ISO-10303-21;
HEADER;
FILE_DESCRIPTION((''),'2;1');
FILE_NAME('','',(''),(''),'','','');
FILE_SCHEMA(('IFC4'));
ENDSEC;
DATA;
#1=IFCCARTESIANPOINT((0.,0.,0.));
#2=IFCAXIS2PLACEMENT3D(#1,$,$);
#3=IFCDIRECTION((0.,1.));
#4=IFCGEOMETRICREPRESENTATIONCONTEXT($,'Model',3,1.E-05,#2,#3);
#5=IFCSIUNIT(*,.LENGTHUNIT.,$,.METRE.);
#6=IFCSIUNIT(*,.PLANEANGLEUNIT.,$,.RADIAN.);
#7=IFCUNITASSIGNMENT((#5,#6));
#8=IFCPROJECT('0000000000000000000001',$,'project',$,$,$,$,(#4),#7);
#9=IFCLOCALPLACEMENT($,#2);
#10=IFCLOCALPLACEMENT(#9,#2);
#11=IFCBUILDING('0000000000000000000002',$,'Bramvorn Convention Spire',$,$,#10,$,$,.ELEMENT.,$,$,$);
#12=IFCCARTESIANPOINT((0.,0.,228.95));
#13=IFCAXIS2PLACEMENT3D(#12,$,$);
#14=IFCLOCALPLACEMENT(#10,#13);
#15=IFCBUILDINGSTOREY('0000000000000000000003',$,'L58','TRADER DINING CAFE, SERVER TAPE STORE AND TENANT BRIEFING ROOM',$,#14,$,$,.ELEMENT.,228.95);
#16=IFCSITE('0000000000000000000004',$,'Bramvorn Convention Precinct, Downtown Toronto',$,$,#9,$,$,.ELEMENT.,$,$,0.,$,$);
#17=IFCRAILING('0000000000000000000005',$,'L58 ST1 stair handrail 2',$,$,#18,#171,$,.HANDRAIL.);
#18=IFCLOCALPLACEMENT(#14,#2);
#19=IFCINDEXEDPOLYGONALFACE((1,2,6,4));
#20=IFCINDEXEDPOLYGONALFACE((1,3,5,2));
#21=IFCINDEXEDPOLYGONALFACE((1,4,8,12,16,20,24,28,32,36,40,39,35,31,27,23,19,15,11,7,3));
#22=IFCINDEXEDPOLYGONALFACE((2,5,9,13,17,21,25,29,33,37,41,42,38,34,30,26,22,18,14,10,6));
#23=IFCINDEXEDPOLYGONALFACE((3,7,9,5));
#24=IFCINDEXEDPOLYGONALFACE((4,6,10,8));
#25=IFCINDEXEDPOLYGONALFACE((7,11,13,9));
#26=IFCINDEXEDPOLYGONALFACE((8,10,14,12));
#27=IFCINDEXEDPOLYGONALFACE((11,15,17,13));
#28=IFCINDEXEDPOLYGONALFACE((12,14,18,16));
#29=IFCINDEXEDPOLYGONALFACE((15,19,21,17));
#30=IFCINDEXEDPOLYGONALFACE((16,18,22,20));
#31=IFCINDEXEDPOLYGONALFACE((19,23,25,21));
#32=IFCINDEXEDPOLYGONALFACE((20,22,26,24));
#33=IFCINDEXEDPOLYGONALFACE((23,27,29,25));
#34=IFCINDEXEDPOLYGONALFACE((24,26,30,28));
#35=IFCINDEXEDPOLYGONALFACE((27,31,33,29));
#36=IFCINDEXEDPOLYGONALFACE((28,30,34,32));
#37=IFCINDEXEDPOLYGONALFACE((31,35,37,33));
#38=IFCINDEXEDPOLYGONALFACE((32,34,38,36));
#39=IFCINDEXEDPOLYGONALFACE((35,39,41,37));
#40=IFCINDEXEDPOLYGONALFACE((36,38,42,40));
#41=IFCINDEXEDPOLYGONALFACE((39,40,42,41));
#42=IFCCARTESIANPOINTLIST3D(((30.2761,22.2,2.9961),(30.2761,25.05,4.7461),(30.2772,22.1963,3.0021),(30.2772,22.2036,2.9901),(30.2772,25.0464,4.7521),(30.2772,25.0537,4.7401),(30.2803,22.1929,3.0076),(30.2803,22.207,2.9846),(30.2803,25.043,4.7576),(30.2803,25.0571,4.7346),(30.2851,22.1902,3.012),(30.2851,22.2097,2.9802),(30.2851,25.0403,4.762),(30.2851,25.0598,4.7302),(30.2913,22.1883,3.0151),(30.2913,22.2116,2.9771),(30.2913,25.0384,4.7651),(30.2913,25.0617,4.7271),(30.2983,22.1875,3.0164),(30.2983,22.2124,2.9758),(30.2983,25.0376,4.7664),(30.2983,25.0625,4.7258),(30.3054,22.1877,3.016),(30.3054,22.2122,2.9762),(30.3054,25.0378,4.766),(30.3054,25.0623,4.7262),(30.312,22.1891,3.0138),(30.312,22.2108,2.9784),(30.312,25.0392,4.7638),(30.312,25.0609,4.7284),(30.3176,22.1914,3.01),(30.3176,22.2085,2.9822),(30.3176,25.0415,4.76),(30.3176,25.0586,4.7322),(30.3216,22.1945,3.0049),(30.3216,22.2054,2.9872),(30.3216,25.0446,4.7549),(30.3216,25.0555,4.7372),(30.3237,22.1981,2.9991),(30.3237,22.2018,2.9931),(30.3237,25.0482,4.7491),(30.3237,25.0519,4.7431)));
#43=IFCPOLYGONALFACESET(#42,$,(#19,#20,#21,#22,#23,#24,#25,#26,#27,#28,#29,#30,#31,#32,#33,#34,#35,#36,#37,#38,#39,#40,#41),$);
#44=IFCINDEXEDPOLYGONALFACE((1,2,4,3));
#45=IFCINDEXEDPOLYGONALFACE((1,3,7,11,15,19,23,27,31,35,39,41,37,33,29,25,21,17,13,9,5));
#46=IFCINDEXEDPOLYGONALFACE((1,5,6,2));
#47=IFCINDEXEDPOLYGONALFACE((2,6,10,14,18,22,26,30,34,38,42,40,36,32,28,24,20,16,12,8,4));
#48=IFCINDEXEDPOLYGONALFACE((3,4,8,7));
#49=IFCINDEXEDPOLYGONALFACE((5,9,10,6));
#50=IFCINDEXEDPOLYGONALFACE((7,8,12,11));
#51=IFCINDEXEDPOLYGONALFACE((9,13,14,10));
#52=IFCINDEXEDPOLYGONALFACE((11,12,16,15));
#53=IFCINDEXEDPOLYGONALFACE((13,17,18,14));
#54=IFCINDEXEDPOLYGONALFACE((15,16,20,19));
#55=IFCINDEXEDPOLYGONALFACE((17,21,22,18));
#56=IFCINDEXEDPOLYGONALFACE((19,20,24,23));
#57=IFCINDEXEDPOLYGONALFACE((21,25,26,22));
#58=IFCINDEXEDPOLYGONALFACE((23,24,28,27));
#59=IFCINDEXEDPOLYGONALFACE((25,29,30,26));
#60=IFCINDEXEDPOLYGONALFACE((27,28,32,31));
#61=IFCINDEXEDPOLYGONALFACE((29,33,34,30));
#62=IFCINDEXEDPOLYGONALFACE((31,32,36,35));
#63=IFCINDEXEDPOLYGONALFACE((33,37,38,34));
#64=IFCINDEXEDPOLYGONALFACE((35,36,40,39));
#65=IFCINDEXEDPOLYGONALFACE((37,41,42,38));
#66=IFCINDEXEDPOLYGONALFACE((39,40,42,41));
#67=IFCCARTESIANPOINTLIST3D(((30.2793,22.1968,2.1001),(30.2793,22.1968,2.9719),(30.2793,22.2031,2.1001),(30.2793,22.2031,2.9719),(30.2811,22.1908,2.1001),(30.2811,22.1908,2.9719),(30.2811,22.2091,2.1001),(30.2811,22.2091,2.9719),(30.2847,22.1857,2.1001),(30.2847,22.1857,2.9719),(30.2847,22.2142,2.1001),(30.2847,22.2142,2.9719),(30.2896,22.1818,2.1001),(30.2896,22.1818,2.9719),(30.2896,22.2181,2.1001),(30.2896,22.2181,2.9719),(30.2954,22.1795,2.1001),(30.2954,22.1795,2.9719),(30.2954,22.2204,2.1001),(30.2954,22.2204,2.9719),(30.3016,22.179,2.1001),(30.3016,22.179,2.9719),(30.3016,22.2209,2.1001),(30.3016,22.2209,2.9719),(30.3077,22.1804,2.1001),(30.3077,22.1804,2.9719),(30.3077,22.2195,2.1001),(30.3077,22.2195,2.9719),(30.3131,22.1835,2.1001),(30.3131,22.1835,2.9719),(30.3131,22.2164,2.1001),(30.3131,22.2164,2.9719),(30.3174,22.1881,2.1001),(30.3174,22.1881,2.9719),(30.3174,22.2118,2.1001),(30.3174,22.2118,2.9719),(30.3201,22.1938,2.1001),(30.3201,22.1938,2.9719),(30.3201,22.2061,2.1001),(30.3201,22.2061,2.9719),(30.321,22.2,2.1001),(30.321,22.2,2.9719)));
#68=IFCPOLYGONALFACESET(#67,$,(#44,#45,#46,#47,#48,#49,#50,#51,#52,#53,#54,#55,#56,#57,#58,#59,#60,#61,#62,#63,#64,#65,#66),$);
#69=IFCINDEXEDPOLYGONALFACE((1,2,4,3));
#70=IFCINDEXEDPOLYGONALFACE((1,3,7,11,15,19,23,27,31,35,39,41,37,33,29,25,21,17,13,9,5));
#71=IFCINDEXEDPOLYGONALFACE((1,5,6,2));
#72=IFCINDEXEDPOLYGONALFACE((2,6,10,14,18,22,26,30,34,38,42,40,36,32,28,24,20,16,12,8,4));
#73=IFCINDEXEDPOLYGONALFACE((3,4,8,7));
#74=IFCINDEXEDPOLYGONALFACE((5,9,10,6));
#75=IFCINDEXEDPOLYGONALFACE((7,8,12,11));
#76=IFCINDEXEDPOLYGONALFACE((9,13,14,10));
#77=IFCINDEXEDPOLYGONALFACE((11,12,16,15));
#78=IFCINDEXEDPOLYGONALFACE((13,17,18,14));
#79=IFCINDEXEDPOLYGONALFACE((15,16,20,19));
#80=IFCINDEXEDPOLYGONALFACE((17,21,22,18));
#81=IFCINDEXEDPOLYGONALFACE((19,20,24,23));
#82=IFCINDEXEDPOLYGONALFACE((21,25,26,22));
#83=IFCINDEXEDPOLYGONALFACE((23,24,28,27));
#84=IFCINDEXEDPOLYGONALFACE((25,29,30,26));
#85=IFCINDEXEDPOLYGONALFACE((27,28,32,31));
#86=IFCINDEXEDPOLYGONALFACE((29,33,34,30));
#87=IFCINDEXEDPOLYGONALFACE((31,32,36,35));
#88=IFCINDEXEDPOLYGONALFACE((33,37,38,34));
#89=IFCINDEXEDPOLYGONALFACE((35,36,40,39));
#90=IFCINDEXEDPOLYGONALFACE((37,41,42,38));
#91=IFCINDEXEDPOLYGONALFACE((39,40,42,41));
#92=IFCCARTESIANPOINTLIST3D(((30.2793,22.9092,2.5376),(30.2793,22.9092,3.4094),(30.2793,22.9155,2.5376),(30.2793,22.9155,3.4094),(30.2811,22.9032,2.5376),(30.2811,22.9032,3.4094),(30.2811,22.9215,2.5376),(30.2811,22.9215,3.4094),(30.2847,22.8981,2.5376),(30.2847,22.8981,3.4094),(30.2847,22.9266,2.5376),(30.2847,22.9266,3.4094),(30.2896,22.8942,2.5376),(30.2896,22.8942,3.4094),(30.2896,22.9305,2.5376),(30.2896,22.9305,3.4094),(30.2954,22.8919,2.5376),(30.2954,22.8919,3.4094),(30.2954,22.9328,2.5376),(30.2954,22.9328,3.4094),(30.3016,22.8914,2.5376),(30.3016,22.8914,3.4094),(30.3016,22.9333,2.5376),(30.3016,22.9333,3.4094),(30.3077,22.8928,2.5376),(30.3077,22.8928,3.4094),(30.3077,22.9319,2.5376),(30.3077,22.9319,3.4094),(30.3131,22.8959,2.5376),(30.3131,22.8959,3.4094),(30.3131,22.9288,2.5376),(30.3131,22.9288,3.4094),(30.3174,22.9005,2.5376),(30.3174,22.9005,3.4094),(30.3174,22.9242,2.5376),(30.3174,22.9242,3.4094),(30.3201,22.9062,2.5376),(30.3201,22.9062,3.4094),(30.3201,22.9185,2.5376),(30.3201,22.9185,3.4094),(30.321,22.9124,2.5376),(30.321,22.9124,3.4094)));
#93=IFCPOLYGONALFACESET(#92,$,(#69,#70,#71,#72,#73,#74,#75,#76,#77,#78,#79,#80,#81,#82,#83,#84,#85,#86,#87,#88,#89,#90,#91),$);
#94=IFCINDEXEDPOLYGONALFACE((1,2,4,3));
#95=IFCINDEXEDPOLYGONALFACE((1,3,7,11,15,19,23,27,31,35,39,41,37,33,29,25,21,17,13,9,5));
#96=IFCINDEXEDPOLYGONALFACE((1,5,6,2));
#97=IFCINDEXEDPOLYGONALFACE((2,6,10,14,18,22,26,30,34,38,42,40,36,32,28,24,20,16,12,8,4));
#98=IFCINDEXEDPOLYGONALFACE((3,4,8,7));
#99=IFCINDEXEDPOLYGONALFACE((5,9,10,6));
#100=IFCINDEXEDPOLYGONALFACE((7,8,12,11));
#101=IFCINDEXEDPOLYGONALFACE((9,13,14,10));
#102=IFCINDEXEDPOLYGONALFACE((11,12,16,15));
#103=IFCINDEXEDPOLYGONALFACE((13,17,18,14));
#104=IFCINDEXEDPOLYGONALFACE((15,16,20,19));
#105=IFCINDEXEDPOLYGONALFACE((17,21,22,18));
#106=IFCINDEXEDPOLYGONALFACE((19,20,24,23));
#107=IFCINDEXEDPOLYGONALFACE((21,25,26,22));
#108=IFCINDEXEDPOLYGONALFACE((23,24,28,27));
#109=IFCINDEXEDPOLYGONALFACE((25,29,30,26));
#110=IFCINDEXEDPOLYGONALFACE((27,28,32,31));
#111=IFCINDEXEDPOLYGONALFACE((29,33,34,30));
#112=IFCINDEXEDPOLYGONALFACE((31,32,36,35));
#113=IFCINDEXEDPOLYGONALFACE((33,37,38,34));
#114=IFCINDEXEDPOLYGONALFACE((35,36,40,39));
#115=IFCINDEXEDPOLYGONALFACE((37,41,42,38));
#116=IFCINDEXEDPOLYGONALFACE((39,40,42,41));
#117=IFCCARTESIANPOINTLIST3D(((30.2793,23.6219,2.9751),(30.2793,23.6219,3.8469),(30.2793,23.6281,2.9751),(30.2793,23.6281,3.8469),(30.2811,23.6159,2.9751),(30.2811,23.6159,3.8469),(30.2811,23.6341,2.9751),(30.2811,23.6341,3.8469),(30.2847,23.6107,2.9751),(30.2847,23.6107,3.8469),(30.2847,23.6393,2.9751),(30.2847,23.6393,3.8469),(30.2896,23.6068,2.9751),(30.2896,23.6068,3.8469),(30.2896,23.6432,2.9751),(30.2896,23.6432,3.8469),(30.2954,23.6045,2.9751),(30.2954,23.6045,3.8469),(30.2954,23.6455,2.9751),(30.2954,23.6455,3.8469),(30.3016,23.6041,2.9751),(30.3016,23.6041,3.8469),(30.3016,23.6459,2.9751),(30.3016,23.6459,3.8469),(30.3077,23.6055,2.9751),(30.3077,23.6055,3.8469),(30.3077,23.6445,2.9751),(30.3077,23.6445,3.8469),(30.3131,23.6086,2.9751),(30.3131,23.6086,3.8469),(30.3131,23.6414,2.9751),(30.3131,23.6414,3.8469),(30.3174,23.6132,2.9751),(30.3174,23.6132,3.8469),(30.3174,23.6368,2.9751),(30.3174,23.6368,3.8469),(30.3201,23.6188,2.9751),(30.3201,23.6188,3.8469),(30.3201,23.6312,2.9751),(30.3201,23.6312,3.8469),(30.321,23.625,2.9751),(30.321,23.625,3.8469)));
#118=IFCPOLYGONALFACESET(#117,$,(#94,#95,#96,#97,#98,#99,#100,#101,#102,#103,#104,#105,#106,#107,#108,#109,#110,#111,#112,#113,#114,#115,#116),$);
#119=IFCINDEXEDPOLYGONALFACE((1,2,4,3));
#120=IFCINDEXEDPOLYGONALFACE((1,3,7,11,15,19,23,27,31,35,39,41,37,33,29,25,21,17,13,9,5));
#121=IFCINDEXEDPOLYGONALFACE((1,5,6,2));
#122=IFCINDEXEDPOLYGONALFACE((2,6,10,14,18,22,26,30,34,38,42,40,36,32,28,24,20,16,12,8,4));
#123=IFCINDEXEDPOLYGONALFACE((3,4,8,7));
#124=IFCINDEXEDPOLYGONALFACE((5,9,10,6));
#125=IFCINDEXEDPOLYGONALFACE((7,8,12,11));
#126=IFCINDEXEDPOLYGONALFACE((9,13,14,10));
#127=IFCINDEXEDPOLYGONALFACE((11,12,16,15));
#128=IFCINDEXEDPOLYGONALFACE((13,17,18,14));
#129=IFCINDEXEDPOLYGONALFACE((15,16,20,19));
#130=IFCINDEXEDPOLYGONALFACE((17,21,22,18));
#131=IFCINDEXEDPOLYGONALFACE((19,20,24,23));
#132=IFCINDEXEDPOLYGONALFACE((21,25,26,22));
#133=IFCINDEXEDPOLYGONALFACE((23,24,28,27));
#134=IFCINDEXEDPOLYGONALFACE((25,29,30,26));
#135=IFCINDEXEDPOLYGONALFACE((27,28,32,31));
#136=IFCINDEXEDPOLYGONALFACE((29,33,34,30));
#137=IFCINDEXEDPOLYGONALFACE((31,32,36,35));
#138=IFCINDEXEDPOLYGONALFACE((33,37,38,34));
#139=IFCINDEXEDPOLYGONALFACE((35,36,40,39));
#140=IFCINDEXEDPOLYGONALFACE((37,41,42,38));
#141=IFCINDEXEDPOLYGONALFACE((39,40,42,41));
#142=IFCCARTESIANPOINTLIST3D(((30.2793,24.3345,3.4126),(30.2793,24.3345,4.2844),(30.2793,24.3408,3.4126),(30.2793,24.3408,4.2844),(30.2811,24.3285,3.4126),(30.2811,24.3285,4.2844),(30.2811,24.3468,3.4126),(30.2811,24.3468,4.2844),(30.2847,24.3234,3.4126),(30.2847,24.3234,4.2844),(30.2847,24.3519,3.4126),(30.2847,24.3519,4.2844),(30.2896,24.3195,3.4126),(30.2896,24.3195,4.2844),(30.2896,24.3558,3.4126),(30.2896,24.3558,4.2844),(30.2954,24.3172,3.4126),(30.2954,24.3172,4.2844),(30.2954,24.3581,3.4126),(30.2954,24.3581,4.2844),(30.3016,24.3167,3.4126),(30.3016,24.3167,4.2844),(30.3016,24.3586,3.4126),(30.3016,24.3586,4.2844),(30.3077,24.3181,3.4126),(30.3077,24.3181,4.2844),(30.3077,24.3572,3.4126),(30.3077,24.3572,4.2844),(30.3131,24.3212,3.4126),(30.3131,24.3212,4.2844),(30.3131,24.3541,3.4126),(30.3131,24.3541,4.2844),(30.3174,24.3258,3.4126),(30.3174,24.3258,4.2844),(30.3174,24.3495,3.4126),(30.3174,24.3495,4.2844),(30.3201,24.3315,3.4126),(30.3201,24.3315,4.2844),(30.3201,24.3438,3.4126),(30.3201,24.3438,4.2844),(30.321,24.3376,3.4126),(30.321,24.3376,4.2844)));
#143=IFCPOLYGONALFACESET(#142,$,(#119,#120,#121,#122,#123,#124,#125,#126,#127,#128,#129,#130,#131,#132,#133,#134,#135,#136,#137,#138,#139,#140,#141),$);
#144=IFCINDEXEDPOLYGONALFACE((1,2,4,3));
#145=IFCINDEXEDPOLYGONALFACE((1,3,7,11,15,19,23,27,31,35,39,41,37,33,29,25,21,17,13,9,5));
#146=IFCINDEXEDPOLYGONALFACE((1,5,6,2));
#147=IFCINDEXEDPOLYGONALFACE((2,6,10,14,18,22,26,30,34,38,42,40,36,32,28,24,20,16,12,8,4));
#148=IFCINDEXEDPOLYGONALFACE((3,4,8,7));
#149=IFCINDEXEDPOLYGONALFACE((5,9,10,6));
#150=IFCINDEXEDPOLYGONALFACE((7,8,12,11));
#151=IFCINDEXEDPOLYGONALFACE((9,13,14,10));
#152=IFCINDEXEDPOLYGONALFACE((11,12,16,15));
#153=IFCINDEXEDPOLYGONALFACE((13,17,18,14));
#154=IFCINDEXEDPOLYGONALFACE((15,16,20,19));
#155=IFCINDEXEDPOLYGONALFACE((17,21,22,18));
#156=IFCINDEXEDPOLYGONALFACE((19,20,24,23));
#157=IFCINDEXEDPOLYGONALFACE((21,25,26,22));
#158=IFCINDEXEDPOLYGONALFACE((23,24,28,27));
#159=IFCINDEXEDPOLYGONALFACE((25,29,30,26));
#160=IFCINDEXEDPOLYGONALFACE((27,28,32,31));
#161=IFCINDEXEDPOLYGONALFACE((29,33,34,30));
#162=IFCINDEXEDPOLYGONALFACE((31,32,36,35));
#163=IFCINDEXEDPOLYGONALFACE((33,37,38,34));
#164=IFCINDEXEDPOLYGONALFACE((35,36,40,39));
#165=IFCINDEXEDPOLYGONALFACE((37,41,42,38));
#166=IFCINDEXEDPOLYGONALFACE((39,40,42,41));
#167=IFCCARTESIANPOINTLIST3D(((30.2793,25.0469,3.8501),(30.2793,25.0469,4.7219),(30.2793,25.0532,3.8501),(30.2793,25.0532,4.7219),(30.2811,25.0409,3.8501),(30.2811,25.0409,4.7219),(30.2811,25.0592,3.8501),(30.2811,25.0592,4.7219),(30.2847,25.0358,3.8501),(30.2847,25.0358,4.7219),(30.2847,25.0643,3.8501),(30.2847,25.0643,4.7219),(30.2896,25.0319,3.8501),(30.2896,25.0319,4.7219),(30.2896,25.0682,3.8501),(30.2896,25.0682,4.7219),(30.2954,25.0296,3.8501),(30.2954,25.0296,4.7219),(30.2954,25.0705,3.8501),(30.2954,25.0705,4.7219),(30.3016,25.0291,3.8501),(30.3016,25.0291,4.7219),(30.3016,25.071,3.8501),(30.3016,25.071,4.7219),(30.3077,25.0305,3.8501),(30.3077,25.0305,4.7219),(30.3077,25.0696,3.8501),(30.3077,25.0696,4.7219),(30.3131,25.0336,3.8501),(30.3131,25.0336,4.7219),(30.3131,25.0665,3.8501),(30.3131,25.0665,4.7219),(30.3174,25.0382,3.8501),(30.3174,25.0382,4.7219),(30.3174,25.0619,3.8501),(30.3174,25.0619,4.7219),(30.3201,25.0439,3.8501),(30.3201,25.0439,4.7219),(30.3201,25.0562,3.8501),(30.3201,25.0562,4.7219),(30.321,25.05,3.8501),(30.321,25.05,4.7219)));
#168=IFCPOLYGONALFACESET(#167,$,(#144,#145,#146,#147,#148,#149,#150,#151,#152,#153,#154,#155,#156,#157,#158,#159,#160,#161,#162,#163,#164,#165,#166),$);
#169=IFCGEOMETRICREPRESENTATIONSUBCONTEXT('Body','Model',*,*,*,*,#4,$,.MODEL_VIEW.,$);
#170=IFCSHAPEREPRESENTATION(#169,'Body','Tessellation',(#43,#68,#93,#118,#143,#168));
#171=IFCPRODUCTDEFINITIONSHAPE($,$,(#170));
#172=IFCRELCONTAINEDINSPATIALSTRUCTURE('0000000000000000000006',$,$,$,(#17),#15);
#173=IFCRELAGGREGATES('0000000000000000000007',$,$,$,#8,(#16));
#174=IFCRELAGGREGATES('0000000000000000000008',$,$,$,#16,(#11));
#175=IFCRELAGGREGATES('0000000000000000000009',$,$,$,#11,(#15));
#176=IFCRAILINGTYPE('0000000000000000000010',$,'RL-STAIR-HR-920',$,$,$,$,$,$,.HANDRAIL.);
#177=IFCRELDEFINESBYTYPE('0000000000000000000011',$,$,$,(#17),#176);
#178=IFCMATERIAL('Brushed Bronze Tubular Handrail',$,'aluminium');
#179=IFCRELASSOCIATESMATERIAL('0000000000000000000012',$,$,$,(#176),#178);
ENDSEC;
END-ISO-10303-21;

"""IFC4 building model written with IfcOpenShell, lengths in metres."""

from ifc_helpers import new_model, si_unit, direction, frame, origin, origin_2d, place, context, subcontext, project, spatial, circle, extrude, material, type_object, element, save


model = new_model("IFC4")

# Units and contexts
model_context = context("Model", 3, precision=1e-05, world=origin(), true_north=direction((0.0, 1.0)))
body_context = subcontext(model_context, "Body", "Model", "MODEL_VIEW")
ifc_project = project(units=[si_unit("LENGTHUNIT", "METRE"), si_unit("PLANEANGLEUNIT", "RADIAN")], contexts=[model_context])

# Site, building, storey
site_placement = place(None, origin())
site = spatial("IfcSite", under=ifc_project, at=site_placement, Name="Bramvorn Convention Precinct, Downtown Toronto", CompositionType="ELEMENT", RefElevation=0.0)
building_placement = place(site_placement, origin())
building = spatial("IfcBuilding", under=site, at=building_placement, Name="Bramvorn Convention Spire", CompositionType="ELEMENT")
storey_placement = place(building_placement, frame((0.0, 0.0, 228.95)))
storey = spatial("IfcBuildingStorey", under=building, at=storey_placement, Name="L58", Description="TRADER DINING CAFE, SERVER TAPE STORE AND TENANT BRIEFING ROOM", CompositionType="ELEMENT", Elevation=228.95)

# Railing
ifc_material_1 = material(Name="Brushed Bronze Tubular Handrail", Category="aluminium")
railing_type_1 = type_object("IfcRailingType", Name="RL-STAIR-HR-920", PredefinedType="HANDRAIL", material=ifc_material_1)
railing_1_placement = place(storey_placement, frame((30.3, 22.2, 2.1001)))
element("IfcRailing", 1, at=railing_1_placement, inside=storey, type_object=railing_type_1, Name="L58 ST1 stair handrail 2", PredefinedType="HANDRAIL", context=body_context, shape_type="SweptSolid", body=[
    extrude(circle(Radius=0.0239, at=origin_2d()), frame((0.0, 0.0, 0.896), z_axis=(0.0, 0.852179, 0.52325), x_axis=(-1.0, 0.0, 0.0)), (0.0, 0.0, 1.0), 3.3445),
    extrude(circle(Radius=0.021, at=origin_2d()), origin(), (0.0, 0.0, 1.0), 0.8718),
    extrude(circle(Radius=0.021, at=origin_2d()), frame((0.0, 0.7124, 0.4375)), (0.0, 0.0, 1.0), 0.8718),
    extrude(circle(Radius=0.021, at=origin_2d()), frame((0.0, 1.425, 0.875)), (0.0, 0.0, 1.0), 0.8718),
    extrude(circle(Radius=0.021, at=origin_2d()), frame((0.0, 2.1377, 1.3125)), (0.0, 0.0, 1.0), 0.8718),
    extrude(circle(Radius=0.021, at=origin_2d()), frame((0.0, 2.8501, 1.75)), (0.0, 0.0, 1.0), 0.8718),
])

save(model, "model.ifc")
